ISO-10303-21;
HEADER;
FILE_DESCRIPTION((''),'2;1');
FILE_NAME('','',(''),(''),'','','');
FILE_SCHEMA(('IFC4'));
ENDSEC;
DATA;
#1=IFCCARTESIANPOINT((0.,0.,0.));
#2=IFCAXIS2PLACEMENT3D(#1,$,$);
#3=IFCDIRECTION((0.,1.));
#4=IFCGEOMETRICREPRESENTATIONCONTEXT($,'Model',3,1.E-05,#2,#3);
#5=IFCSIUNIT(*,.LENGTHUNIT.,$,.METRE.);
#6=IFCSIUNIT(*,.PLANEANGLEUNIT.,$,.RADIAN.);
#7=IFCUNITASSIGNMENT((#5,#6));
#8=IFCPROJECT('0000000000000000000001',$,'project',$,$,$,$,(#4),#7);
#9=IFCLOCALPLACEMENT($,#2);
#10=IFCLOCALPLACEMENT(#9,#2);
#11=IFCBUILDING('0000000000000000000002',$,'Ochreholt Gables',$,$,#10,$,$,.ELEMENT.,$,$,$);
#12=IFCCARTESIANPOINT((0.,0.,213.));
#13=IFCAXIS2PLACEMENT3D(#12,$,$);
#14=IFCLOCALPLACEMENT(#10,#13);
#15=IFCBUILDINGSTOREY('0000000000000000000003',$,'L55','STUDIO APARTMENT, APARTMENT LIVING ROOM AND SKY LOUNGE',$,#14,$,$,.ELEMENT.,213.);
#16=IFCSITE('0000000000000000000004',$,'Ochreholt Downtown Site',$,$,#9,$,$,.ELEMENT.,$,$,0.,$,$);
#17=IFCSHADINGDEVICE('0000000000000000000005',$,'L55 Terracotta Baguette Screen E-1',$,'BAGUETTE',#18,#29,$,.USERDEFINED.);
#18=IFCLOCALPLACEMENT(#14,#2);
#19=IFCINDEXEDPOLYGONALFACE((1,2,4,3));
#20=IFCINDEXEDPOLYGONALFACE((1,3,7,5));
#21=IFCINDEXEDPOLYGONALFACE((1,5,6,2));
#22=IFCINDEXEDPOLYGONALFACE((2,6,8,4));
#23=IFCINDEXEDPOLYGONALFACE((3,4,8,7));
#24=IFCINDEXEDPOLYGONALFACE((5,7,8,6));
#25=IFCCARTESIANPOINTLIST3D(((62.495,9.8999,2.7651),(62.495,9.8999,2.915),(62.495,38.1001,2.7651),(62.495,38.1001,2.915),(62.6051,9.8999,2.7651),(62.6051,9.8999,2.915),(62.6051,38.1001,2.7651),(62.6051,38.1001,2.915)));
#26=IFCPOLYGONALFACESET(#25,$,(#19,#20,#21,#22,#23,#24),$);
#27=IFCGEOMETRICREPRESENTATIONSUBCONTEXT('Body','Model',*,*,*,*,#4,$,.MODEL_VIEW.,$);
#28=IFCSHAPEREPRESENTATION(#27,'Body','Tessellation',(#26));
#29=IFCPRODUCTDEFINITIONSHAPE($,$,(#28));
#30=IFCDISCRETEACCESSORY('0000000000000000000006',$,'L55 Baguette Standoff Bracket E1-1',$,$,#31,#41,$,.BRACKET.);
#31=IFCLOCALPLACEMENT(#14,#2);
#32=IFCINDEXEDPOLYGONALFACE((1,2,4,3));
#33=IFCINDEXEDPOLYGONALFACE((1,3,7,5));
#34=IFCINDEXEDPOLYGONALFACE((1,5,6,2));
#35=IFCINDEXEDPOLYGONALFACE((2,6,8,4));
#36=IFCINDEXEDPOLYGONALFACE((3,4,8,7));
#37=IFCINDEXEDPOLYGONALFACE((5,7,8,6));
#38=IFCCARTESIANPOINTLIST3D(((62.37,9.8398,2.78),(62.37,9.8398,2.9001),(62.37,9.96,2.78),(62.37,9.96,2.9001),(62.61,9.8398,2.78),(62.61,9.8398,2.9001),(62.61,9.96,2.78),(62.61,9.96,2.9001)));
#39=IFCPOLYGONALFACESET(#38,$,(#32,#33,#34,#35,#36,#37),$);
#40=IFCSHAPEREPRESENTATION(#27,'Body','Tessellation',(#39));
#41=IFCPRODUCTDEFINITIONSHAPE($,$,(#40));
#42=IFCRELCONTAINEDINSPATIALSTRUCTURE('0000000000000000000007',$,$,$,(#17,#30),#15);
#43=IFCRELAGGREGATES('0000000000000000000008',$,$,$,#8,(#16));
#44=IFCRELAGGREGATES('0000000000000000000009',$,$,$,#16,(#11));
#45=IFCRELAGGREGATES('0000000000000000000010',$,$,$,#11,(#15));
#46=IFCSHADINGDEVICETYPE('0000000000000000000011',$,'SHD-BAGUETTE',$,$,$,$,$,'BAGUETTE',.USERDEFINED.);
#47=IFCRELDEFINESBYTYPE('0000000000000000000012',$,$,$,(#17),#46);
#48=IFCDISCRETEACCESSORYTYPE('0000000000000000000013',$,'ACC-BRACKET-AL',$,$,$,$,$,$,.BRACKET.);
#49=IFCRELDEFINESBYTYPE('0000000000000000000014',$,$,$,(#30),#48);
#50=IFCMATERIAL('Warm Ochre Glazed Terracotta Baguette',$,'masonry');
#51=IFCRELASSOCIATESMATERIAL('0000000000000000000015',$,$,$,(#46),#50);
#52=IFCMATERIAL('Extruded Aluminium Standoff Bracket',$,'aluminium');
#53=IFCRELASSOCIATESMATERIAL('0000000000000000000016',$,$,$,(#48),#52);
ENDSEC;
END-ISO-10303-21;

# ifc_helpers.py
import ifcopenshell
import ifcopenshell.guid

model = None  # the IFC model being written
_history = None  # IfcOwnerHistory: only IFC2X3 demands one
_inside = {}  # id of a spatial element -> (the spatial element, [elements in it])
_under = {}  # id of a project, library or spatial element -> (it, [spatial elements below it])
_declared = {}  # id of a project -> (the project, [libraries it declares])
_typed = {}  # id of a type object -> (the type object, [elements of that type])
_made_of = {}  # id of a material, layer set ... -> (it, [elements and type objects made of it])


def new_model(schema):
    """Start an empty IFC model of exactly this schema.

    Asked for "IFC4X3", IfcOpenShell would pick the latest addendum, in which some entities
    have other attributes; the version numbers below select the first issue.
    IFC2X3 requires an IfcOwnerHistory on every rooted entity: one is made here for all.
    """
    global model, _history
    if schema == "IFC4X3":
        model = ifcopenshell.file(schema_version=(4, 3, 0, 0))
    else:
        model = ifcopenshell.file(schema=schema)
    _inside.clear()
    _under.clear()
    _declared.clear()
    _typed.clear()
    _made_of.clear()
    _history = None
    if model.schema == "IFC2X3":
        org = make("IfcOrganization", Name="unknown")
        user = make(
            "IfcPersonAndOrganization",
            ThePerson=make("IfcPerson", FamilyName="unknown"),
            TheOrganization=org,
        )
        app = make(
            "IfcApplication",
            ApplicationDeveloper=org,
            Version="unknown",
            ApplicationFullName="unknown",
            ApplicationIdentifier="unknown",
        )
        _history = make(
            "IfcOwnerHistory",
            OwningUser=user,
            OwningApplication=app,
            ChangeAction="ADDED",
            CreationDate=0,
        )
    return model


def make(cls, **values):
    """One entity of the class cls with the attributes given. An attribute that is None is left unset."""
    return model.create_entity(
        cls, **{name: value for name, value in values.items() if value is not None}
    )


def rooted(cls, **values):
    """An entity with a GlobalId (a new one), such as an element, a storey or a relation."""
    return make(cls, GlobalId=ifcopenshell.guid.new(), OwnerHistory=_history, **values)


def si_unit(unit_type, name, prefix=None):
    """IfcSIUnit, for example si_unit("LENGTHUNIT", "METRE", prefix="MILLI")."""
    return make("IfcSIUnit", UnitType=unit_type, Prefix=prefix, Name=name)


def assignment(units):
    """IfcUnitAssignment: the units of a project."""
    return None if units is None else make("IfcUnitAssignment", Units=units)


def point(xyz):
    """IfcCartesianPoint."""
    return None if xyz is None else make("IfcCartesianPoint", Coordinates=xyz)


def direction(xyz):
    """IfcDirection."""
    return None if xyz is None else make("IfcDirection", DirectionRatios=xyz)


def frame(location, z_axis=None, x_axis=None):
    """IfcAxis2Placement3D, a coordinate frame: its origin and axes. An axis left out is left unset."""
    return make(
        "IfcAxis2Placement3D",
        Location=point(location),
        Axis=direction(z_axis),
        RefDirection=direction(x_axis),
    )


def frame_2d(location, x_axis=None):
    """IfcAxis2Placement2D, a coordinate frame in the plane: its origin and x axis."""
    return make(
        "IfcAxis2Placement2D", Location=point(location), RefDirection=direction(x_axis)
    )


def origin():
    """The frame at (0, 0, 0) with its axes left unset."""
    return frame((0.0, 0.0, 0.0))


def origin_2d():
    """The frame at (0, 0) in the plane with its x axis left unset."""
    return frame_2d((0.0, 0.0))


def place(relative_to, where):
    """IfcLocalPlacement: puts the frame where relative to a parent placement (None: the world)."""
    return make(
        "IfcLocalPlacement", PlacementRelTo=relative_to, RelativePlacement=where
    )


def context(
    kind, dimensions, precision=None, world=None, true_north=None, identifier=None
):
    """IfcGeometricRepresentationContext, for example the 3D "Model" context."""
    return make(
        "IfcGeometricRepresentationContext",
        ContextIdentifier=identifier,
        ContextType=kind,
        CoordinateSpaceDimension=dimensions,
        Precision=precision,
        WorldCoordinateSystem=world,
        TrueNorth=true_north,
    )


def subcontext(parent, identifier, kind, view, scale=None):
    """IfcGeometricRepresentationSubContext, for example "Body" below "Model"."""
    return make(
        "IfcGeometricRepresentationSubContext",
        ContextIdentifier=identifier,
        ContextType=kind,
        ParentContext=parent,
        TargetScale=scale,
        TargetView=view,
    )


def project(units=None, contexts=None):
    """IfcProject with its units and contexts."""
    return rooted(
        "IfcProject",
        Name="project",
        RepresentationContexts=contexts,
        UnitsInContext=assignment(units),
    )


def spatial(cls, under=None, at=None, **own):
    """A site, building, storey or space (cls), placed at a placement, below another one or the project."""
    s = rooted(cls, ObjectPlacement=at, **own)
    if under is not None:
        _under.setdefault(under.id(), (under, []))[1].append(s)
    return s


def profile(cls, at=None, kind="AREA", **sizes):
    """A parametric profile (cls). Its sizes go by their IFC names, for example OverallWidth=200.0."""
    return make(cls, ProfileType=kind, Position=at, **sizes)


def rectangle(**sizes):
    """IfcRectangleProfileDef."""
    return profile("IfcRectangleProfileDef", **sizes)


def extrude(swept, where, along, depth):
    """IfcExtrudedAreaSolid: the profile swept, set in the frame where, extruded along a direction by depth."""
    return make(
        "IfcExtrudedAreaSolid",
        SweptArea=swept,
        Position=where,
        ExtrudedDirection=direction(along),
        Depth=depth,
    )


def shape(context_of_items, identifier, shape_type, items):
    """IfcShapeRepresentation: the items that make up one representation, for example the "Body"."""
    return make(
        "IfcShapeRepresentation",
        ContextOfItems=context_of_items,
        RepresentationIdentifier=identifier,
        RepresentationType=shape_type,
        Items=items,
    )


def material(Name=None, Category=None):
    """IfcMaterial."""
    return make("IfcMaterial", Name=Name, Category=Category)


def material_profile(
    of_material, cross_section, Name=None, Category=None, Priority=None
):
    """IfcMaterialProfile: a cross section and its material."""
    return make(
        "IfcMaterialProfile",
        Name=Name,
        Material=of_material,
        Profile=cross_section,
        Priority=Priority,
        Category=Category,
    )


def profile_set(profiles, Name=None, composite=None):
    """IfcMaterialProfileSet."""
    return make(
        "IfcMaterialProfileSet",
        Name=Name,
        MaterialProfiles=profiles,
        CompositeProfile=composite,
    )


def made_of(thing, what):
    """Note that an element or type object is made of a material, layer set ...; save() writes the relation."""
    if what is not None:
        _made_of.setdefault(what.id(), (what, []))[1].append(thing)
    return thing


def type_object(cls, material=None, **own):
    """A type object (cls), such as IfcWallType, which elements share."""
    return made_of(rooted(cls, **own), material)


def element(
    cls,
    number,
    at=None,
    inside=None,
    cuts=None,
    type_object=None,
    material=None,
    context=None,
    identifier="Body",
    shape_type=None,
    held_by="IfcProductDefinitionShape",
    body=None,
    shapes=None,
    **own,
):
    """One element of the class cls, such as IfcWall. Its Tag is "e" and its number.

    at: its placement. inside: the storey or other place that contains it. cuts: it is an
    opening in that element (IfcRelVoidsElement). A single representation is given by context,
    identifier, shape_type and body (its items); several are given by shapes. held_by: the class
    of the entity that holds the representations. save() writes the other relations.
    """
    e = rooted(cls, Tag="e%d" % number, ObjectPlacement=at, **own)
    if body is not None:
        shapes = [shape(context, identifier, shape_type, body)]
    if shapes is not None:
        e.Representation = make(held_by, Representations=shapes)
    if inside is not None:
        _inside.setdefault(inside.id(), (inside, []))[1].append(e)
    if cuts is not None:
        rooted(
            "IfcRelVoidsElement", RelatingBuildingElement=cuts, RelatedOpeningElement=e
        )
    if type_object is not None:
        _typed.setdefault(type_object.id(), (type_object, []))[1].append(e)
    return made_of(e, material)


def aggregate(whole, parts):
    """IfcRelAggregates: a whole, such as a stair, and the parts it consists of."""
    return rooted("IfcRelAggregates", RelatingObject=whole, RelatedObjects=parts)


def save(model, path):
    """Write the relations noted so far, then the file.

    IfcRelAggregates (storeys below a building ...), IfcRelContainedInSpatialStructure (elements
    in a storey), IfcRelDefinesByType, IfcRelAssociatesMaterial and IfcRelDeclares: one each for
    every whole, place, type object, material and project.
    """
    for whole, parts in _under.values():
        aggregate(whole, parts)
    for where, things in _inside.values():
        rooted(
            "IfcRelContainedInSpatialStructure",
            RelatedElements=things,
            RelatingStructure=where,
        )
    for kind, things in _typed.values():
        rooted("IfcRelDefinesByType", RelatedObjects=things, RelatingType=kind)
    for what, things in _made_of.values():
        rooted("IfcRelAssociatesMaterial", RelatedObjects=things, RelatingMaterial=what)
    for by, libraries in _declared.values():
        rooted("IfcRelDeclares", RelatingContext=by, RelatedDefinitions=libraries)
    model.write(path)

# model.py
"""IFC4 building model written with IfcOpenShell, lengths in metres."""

from ifc_helpers import new_model, si_unit, direction, frame, origin, origin_2d, place, context, subcontext, project, spatial, rectangle, extrude, material, material_profile, profile_set, type_object, element, save


model = new_model("IFC4")

# Units and contexts
model_context = context("Model", 3, precision=1e-05, world=origin(), true_north=direction((0.0, 1.0)))
body_context = subcontext(model_context, "Body", "Model", "MODEL_VIEW")
ifc_project = project(units=[si_unit("LENGTHUNIT", "METRE"), si_unit("PLANEANGLEUNIT", "RADIAN")], contexts=[model_context])

# Site, building, storey
site_placement = place(None, origin())
site = spatial("IfcSite", under=ifc_project, at=site_placement, Name="Ochreholt Downtown Site", CompositionType="ELEMENT", RefElevation=0.0)
building_placement = place(site_placement, origin())
building = spatial("IfcBuilding", under=site, at=building_placement, Name="Ochreholt Gables", CompositionType="ELEMENT")
storey_placement = place(building_placement, frame((0.0, 0.0, 213.0)))
storey = spatial("IfcBuildingStorey", under=building, at=storey_placement, Name="L55", Description="STUDIO APARTMENT, APARTMENT LIVING ROOM AND SKY LOUNGE", CompositionType="ELEMENT", Elevation=213.0)

# Shading device
ifc_material_1 = material(Name="Warm Ochre Glazed Terracotta Baguette", Category="masonry")
ifc_material_profile_1 = material_profile(ifc_material_1, rectangle(XDim=0.1101, YDim=0.1499, at=origin_2d()), Name="TCBAG110X150")
ifc_profile_set_1 = profile_set([ifc_material_profile_1], Name="Warm Ochre Glazed Terracotta Baguette")
shading_device_type = type_object("IfcShadingDeviceType", Name="SHD-BAGUETTE", ElementType="BAGUETTE", PredefinedType="USERDEFINED", material=ifc_profile_set_1)
shading_device_placement = place(storey_placement, frame((62.55, 9.8999, 2.8401), z_axis=(0.0, 1.0, 0.0), x_axis=(-1.0, 0.0, 0.0)))
element("IfcShadingDevice", 1, at=shading_device_placement, inside=storey, type_object=shading_device_type, Name="L55 Terracotta Baguette Screen E-1", ObjectType="BAGUETTE", PredefinedType="USERDEFINED", context=body_context, shape_type="SweptSolid", body=[
    extrude(rectangle(XDim=0.1101, YDim=0.1499, at=origin_2d()), origin(), (0.0, 0.0, 1.0), 28.2002),
])

# Discrete accessory
ifc_material_2 = material(Name="Extruded Aluminium Standoff Bracket", Category="aluminium")
discrete_accessory_type = type_object("IfcDiscreteAccessoryType", Name="ACC-BRACKET-AL", PredefinedType="BRACKET", material=ifc_material_2)
discrete_accessory_placement = place(storey_placement, frame((62.49, 9.8999, 2.78), z_axis=(0.0, 0.0, 1.0), x_axis=(0.0, 1.0, 0.0)))
element("IfcDiscreteAccessory", 2, at=discrete_accessory_placement, inside=storey, type_object=discrete_accessory_type, Name="L55 Baguette Standoff Bracket E1-1", PredefinedType="BRACKET", context=body_context, shape_type="SweptSolid", body=[
    extrude(rectangle(XDim=0.1201, YDim=0.24, at=origin_2d()), origin(), (0.0, 0.0, 1.0), 0.1201),
])

save(model, "model.ifc")
